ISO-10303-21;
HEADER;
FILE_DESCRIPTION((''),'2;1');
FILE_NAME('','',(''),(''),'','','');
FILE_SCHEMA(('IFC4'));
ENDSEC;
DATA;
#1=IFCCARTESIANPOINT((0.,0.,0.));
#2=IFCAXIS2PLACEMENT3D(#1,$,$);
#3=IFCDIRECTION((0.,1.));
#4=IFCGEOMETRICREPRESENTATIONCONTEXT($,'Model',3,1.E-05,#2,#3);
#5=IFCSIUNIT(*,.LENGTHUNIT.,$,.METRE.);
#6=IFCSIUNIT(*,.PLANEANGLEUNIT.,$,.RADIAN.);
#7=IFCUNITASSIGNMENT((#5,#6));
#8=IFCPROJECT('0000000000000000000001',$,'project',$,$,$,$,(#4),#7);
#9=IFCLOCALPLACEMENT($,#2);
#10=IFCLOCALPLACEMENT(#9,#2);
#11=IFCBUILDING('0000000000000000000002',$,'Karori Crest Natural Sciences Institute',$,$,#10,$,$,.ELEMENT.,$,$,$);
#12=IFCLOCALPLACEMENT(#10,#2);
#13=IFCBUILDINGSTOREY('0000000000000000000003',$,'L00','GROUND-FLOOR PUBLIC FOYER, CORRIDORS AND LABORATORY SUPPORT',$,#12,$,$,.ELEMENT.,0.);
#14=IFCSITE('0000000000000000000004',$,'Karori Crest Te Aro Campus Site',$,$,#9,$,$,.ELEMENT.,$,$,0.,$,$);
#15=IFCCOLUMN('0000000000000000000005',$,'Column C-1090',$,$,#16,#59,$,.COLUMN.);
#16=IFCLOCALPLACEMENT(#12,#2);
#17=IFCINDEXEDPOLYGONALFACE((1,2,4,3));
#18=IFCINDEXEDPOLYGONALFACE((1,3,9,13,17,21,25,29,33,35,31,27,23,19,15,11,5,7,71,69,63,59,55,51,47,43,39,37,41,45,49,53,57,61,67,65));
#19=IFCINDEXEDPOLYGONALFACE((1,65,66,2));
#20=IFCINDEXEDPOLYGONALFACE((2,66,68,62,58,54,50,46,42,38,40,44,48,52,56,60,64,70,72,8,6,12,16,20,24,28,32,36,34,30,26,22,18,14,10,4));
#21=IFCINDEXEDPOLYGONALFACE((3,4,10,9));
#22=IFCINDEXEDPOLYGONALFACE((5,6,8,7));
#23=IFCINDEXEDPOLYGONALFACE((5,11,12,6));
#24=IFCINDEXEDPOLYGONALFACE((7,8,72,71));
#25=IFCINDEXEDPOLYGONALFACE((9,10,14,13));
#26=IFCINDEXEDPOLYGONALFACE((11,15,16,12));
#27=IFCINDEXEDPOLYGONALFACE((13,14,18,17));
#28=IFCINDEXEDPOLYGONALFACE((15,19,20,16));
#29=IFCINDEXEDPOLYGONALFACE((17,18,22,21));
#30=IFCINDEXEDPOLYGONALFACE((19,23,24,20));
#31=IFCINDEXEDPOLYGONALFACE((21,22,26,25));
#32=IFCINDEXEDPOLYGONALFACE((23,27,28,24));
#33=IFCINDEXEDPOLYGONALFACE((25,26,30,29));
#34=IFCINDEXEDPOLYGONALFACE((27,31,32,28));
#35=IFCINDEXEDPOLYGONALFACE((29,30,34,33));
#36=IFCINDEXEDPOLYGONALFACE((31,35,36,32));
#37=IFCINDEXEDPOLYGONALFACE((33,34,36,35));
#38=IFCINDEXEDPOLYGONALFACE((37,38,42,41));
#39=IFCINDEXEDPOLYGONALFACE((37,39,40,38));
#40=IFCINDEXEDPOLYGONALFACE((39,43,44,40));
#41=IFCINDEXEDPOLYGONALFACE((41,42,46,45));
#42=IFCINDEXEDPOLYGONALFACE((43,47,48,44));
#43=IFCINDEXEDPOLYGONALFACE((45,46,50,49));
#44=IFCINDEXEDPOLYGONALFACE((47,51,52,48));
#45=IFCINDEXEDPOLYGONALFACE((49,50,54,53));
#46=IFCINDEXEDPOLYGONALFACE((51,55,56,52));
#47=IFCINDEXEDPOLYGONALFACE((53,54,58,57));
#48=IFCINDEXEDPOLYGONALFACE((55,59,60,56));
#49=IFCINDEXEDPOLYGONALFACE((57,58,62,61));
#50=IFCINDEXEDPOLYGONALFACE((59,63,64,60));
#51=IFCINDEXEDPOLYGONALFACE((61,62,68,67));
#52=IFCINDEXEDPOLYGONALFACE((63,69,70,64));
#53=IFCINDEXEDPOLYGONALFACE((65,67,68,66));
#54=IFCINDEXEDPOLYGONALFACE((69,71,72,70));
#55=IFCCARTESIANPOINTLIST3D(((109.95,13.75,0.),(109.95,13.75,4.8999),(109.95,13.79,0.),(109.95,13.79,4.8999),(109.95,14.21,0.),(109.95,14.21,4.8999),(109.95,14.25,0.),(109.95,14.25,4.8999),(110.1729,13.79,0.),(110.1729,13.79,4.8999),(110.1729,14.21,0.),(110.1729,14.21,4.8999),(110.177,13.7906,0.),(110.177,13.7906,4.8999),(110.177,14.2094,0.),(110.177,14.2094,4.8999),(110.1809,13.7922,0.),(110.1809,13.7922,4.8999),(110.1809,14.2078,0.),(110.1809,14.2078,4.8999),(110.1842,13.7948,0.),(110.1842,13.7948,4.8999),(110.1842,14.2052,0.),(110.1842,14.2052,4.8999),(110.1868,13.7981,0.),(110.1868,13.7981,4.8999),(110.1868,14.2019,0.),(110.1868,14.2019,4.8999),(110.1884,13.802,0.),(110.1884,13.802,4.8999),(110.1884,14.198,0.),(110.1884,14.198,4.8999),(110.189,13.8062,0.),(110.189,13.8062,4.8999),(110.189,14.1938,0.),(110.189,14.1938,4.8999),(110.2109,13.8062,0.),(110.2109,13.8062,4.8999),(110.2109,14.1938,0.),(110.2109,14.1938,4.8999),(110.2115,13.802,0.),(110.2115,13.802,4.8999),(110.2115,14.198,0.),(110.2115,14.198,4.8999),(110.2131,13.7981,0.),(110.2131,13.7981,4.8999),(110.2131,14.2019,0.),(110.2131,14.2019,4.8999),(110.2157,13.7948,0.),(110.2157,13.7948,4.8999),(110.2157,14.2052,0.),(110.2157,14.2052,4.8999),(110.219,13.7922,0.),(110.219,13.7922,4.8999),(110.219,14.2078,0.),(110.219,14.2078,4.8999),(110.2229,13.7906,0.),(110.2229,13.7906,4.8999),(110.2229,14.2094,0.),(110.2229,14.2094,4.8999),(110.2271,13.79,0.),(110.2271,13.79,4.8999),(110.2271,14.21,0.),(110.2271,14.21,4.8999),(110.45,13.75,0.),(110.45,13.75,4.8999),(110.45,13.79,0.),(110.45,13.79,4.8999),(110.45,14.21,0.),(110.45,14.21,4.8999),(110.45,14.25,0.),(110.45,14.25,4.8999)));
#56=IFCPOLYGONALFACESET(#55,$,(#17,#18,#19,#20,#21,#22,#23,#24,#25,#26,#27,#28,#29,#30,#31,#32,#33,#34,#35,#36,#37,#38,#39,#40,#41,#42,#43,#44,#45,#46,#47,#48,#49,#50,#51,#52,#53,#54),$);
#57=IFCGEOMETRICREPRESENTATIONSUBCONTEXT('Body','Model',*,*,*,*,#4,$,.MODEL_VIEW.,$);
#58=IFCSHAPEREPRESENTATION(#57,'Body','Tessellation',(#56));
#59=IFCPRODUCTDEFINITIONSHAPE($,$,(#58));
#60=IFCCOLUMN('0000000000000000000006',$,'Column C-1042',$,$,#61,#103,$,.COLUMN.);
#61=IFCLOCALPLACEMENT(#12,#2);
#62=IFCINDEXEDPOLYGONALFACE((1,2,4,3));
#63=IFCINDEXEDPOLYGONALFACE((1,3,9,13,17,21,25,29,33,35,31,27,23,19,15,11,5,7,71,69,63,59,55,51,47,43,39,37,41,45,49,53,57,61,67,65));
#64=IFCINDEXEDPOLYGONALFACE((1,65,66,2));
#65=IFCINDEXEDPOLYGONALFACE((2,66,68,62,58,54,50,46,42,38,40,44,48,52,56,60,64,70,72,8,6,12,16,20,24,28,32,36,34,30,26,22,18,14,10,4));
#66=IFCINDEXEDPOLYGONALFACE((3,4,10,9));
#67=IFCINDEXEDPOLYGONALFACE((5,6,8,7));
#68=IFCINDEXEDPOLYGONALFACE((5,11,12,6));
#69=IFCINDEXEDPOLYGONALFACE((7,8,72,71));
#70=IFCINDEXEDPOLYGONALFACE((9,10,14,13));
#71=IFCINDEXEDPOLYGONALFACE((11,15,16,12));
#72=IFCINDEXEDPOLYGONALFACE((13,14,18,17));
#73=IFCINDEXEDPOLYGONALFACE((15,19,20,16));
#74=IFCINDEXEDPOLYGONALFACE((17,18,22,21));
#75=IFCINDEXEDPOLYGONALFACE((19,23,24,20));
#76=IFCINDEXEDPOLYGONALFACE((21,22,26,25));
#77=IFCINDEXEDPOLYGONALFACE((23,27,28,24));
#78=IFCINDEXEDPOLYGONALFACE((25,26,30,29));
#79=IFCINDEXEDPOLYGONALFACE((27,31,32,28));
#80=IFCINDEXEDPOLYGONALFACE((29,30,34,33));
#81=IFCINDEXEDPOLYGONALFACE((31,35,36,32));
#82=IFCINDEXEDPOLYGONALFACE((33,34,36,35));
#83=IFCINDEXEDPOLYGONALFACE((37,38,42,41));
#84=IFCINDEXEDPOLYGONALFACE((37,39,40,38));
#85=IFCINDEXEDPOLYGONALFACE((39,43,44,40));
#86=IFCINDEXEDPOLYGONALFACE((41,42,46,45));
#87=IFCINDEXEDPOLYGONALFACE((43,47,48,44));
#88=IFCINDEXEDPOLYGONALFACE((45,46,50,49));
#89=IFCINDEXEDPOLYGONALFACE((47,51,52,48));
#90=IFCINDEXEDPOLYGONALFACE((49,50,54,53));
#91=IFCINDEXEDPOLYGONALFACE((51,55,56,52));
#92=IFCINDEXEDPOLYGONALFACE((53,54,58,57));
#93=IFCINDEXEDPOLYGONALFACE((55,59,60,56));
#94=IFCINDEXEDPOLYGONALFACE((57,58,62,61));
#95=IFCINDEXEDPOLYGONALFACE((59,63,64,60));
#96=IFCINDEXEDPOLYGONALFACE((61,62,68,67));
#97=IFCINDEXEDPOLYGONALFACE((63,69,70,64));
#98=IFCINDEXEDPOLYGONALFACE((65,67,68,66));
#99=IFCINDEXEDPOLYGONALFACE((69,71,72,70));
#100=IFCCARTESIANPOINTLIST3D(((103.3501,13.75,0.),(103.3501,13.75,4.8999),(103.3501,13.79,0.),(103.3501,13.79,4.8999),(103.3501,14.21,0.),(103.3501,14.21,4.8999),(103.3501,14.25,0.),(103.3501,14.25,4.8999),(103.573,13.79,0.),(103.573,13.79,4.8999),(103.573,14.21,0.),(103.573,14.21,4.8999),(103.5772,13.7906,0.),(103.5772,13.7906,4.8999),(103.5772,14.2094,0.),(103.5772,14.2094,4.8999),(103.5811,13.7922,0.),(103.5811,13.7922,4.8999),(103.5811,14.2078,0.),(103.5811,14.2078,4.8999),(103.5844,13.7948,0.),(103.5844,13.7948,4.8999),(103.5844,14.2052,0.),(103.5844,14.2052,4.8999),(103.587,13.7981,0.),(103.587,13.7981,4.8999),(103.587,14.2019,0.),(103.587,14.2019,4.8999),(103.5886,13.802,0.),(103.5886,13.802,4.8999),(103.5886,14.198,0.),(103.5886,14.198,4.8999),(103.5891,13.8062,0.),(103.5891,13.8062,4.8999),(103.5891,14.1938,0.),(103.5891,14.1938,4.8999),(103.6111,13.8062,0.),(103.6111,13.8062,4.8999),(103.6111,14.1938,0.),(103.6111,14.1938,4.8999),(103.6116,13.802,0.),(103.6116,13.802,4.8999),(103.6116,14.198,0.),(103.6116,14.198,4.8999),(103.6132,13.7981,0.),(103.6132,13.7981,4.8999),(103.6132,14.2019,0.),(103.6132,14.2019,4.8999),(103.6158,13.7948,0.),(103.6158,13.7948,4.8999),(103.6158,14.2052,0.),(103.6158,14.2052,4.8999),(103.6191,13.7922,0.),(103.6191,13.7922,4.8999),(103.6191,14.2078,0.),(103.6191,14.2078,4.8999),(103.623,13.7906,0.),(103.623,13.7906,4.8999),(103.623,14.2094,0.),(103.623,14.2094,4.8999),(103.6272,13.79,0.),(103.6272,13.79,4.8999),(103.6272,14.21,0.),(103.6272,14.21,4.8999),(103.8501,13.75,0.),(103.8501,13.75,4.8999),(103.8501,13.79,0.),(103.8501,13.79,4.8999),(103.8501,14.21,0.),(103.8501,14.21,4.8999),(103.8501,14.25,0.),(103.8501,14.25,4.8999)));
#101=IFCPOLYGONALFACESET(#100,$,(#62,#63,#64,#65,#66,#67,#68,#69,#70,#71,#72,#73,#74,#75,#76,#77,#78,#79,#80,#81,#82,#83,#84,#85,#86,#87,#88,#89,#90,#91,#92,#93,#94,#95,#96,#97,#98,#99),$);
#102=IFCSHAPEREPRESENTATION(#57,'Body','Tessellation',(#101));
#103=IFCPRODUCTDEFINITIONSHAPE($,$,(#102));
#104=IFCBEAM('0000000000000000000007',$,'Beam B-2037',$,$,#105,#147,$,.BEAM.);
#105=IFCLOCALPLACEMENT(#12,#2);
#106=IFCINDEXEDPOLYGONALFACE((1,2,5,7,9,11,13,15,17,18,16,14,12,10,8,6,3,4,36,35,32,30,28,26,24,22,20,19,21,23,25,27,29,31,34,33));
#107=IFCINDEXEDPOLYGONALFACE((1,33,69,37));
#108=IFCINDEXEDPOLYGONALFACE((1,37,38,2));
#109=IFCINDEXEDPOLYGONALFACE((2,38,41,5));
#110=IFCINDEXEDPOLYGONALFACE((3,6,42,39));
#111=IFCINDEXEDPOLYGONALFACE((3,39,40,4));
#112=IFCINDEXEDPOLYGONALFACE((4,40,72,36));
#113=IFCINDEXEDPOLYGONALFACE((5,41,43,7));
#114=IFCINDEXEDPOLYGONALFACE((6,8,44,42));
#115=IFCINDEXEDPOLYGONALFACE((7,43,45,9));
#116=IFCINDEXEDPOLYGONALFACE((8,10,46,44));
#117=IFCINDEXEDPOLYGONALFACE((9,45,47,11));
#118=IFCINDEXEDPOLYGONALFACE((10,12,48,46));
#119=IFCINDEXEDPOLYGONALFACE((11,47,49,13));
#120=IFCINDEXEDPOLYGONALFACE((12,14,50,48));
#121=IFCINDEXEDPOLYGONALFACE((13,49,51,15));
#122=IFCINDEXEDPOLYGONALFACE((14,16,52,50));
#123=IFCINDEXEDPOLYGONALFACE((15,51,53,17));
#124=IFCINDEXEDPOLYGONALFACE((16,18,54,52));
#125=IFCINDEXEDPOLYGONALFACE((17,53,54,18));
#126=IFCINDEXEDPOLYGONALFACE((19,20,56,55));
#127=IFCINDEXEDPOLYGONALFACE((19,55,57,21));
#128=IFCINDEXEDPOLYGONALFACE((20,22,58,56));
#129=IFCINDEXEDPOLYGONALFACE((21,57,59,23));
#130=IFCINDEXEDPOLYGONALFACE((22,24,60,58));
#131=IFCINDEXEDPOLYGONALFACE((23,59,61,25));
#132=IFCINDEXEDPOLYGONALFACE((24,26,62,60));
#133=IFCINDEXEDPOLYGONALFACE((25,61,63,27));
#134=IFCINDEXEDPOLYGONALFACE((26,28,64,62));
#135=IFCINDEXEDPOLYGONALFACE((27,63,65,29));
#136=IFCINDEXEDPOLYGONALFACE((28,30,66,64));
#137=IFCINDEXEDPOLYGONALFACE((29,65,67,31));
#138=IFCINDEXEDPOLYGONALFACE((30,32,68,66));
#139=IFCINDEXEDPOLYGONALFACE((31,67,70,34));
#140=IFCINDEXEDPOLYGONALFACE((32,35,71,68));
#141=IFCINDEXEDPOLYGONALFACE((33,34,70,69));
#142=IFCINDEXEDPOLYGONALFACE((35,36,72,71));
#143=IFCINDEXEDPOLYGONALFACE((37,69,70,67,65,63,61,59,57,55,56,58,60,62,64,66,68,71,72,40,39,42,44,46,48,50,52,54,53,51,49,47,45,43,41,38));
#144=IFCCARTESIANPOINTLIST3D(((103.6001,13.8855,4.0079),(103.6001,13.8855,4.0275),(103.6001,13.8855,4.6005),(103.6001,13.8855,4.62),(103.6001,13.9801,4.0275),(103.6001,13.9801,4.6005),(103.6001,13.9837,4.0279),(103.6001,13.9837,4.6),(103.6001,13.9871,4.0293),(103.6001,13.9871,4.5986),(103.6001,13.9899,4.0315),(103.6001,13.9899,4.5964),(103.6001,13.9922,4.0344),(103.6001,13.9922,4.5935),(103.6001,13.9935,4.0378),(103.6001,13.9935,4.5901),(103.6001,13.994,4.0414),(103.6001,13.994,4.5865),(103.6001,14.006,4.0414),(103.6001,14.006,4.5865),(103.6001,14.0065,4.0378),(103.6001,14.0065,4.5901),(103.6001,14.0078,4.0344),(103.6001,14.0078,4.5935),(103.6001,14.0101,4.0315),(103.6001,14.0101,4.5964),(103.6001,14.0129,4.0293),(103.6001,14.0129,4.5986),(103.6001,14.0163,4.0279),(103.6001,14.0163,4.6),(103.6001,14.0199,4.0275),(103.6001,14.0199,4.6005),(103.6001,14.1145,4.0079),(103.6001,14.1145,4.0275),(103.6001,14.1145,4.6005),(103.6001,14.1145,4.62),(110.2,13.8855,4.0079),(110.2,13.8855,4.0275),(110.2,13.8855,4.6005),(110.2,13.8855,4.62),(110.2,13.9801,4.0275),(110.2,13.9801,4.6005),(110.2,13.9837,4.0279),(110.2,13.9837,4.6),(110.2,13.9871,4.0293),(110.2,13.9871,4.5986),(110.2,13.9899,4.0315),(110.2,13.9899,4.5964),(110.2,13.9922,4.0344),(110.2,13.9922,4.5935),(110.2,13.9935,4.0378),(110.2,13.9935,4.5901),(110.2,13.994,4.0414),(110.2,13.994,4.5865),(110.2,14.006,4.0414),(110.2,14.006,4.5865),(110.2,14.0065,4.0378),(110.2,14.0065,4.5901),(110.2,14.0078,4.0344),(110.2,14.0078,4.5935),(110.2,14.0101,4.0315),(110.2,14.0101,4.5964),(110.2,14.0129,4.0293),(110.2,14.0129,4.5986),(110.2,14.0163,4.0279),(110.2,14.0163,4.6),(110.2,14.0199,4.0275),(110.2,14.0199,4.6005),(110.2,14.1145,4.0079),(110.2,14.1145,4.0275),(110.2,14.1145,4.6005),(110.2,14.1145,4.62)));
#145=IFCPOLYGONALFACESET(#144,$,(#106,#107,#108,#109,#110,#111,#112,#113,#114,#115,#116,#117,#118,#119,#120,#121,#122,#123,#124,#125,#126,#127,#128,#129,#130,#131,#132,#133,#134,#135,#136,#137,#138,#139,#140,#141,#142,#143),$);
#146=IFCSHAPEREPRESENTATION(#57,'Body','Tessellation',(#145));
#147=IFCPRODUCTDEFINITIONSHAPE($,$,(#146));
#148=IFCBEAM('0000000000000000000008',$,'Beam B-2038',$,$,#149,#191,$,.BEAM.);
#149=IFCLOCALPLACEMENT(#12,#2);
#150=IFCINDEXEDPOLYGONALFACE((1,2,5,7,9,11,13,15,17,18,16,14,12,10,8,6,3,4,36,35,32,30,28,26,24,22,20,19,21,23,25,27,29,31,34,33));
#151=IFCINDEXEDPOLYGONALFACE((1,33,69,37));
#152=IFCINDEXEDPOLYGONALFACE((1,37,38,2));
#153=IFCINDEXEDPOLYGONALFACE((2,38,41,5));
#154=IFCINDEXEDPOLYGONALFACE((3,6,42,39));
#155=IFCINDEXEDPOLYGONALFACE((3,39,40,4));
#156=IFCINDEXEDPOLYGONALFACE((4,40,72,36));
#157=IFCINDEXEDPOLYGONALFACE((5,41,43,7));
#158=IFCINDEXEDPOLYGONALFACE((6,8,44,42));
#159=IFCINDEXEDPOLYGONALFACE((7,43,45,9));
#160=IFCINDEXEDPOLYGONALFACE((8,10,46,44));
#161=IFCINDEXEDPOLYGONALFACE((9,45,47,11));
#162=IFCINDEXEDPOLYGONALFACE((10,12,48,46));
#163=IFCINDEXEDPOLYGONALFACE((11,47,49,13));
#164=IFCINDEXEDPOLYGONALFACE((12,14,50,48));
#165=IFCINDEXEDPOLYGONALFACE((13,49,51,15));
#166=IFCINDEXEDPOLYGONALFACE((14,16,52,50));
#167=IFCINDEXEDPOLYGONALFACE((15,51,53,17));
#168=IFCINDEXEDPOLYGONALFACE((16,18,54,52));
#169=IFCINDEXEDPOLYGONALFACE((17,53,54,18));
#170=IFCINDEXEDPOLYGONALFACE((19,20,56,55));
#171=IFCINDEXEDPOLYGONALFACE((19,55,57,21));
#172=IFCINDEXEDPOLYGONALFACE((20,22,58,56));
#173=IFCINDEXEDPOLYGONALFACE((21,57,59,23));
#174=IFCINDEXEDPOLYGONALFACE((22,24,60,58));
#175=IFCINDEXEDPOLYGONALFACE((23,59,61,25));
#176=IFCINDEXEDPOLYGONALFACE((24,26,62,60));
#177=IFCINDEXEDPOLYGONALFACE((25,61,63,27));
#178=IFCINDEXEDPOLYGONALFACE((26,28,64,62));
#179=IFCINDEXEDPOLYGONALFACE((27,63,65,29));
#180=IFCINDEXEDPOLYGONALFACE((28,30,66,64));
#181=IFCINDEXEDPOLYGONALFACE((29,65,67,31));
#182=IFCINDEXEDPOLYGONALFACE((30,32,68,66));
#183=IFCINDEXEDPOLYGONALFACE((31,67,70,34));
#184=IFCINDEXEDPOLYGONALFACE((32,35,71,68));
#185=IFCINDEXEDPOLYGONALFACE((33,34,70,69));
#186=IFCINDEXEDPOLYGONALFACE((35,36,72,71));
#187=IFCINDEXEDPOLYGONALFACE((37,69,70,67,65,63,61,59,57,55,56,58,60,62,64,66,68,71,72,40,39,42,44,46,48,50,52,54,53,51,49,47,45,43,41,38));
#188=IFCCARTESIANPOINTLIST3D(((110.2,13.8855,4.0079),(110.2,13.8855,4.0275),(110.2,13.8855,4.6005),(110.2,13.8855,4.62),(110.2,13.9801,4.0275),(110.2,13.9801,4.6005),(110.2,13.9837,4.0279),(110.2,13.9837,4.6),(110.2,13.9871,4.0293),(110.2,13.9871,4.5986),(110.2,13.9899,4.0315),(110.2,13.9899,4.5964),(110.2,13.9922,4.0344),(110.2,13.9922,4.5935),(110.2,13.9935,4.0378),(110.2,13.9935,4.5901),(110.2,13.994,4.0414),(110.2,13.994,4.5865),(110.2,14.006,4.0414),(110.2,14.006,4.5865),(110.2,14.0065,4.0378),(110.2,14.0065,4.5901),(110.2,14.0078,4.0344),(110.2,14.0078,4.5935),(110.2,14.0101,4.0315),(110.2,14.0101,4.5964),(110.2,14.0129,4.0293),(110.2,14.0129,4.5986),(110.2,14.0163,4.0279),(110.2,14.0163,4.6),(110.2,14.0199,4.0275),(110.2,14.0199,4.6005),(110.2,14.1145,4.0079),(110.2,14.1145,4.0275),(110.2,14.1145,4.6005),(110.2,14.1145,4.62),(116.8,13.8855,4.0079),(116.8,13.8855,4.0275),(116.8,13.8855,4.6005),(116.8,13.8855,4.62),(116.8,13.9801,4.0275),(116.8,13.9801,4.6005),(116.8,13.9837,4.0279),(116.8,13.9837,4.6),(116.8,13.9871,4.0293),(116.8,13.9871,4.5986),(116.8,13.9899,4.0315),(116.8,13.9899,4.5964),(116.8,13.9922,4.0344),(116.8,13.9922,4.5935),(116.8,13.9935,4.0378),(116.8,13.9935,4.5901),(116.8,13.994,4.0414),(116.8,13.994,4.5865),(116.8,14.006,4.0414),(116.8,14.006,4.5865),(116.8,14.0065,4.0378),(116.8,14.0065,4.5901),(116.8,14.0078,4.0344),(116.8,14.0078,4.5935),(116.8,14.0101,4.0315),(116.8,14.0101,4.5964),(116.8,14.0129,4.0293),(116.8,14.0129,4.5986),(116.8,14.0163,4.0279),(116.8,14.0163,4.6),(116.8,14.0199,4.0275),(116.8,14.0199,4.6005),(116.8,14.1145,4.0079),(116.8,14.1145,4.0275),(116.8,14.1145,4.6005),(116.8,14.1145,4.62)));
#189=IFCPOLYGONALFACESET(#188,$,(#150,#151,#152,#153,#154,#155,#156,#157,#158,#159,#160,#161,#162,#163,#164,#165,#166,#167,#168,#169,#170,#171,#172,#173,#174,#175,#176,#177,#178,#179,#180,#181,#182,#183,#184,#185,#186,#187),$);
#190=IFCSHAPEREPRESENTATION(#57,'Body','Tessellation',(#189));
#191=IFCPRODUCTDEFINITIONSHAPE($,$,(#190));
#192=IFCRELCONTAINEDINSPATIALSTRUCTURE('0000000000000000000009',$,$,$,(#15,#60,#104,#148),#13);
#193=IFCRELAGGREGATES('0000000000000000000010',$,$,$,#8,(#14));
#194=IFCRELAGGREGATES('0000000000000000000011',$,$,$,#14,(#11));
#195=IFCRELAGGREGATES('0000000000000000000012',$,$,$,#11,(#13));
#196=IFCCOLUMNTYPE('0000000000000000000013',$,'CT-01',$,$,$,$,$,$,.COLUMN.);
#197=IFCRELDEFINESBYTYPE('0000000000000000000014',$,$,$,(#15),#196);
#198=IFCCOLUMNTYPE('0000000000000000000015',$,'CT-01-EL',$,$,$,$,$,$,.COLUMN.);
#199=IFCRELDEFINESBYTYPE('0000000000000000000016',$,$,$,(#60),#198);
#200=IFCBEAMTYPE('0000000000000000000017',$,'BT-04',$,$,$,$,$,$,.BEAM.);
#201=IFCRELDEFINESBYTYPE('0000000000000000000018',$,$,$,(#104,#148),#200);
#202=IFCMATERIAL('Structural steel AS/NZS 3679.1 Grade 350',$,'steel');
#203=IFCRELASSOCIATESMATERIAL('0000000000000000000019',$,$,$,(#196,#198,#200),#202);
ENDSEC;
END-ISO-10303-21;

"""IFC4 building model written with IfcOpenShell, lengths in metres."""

from ifc_helpers import new_model, si_unit, direction, frame, origin, origin_2d, place, context, subcontext, project, spatial, i_section, extrude, material, material_profile, profile_set, type_object, element, save


model = new_model("IFC4")

# Units and contexts
model_context = context("Model", 3, precision=1e-05, world=origin(), true_north=direction((0.0, 1.0)))
body_context = subcontext(model_context, "Body", "Model", "MODEL_VIEW")
ifc_project = project(units=[si_unit("LENGTHUNIT", "METRE"), si_unit("PLANEANGLEUNIT", "RADIAN")], contexts=[model_context])

# Site, building, storey
site_placement = place(None, origin())
site = spatial("IfcSite", under=ifc_project, at=site_placement, Name="Karori Crest Te Aro Campus Site", CompositionType="ELEMENT", RefElevation=0.0)
building_placement = place(site_placement, origin())
building = spatial("IfcBuilding", under=site, at=building_placement, Name="Karori Crest Natural Sciences Institute", CompositionType="ELEMENT")
storey_placement = place(building_placement, origin())
storey = spatial("IfcBuildingStorey", under=building, at=storey_placement, Name="L00", Description="GROUND-FLOOR PUBLIC FOYER, CORRIDORS AND LABORATORY SUPPORT", CompositionType="ELEMENT", Elevation=0.0)

# Columns
ifc_material_1 = material(Name="Structural steel AS/NZS 3679.1 Grade 350", Category="steel")
ifc_material_profile_1 = material_profile(ifc_material_1, i_section(OverallWidth=0.5, OverallDepth=0.5, WebThickness=0.022, FlangeThickness=0.04, FilletRadius=0.0161, at=origin_2d()), Name="500WC440")
ifc_profile_set_1 = profile_set([ifc_material_profile_1], Name="Structural steel AS/NZS 3679.1 Grade 350")
column_type_1 = type_object("IfcColumnType", Name="CT-01", PredefinedType="COLUMN", material=ifc_profile_set_1)
column_1_placement = place(storey_placement, frame((110.2, 14.0, 0.0), z_axis=(0.0, 0.0, 1.0), x_axis=(1.0, 0.0, 0.0)))
element("IfcColumn", 1, at=column_1_placement, inside=storey, type_object=column_type_1, Name="Column C-1090", PredefinedType="COLUMN", context=body_context, shape_type="SweptSolid", body=[
    extrude(i_section(OverallWidth=0.5, OverallDepth=0.5, WebThickness=0.022, FlangeThickness=0.04, FilletRadius=0.0161, at=origin_2d()), origin(), (0.0, 0.0, 1.0), 4.8999),
])
ifc_material_profile_2 = material_profile(ifc_material_1, i_section(OverallWidth=0.5, OverallDepth=0.5, WebThickness=0.022, FlangeThickness=0.04, FilletRadius=0.0161, at=origin_2d()), Name="500WC440")
ifc_profile_set_2 = profile_set([ifc_material_profile_2], Name="Structural steel AS/NZS 3679.1 Grade 350")
column_type_2 = type_object("IfcColumnType", Name="CT-01-EL", PredefinedType="COLUMN", material=ifc_profile_set_2)
column_2_placement = place(storey_placement, frame((103.6001, 14.0, 0.0), z_axis=(0.0, 0.0, 1.0), x_axis=(1.0, 0.0, 0.0)))
element("IfcColumn", 2, at=column_2_placement, inside=storey, type_object=column_type_2, Name="Column C-1042", PredefinedType="COLUMN", context=body_context, shape_type="SweptSolid", body=[
    extrude(i_section(OverallWidth=0.5, OverallDepth=0.5, WebThickness=0.022, FlangeThickness=0.04, FilletRadius=0.0161, at=origin_2d()), origin(), (0.0, 0.0, 1.0), 4.8999),
])

# Beams
ifc_material_profile_3 = material_profile(ifc_material_1, i_section(OverallWidth=0.229, OverallDepth=0.6121, WebThickness=0.012, FlangeThickness=0.0195, FilletRadius=0.0139, at=origin_2d()), Name="610UB125")
ifc_profile_set_3 = profile_set([ifc_material_profile_3], Name="Structural steel AS/NZS 3679.1 Grade 350")
beam_type_1 = type_object("IfcBeamType", Name="BT-04", PredefinedType="BEAM", material=ifc_profile_set_3)
beam_1_placement = place(storey_placement, frame((103.6001, 14.0, 4.314), z_axis=(1.0, 0.0, 0.0), x_axis=(0.0, 1.0, 0.0)))
element("IfcBeam", 3, at=beam_1_placement, inside=storey, type_object=beam_type_1, Name="Beam B-2037", PredefinedType="BEAM", context=body_context, shape_type="SweptSolid", body=[
    extrude(i_section(OverallWidth=0.229, OverallDepth=0.6121, WebThickness=0.012, FlangeThickness=0.0195, FilletRadius=0.0139, at=origin_2d()), origin(), (0.0, 0.0, 1.0), 6.5999),
])
beam_2_placement = place(storey_placement, frame((110.2, 14.0, 4.314), z_axis=(1.0, 0.0, 0.0), x_axis=(0.0, 1.0, 0.0)))
element("IfcBeam", 4, at=beam_2_placement, inside=storey, type_object=beam_type_1, Name="Beam B-2038", PredefinedType="BEAM", context=body_context, shape_type="SweptSolid", body=[
    extrude(i_section(OverallWidth=0.229, OverallDepth=0.6121, WebThickness=0.012, FlangeThickness=0.0195, FilletRadius=0.0139, at=origin_2d()), origin(), (0.0, 0.0, 1.0), 6.6001),
])

save(model, "model.ifc")
